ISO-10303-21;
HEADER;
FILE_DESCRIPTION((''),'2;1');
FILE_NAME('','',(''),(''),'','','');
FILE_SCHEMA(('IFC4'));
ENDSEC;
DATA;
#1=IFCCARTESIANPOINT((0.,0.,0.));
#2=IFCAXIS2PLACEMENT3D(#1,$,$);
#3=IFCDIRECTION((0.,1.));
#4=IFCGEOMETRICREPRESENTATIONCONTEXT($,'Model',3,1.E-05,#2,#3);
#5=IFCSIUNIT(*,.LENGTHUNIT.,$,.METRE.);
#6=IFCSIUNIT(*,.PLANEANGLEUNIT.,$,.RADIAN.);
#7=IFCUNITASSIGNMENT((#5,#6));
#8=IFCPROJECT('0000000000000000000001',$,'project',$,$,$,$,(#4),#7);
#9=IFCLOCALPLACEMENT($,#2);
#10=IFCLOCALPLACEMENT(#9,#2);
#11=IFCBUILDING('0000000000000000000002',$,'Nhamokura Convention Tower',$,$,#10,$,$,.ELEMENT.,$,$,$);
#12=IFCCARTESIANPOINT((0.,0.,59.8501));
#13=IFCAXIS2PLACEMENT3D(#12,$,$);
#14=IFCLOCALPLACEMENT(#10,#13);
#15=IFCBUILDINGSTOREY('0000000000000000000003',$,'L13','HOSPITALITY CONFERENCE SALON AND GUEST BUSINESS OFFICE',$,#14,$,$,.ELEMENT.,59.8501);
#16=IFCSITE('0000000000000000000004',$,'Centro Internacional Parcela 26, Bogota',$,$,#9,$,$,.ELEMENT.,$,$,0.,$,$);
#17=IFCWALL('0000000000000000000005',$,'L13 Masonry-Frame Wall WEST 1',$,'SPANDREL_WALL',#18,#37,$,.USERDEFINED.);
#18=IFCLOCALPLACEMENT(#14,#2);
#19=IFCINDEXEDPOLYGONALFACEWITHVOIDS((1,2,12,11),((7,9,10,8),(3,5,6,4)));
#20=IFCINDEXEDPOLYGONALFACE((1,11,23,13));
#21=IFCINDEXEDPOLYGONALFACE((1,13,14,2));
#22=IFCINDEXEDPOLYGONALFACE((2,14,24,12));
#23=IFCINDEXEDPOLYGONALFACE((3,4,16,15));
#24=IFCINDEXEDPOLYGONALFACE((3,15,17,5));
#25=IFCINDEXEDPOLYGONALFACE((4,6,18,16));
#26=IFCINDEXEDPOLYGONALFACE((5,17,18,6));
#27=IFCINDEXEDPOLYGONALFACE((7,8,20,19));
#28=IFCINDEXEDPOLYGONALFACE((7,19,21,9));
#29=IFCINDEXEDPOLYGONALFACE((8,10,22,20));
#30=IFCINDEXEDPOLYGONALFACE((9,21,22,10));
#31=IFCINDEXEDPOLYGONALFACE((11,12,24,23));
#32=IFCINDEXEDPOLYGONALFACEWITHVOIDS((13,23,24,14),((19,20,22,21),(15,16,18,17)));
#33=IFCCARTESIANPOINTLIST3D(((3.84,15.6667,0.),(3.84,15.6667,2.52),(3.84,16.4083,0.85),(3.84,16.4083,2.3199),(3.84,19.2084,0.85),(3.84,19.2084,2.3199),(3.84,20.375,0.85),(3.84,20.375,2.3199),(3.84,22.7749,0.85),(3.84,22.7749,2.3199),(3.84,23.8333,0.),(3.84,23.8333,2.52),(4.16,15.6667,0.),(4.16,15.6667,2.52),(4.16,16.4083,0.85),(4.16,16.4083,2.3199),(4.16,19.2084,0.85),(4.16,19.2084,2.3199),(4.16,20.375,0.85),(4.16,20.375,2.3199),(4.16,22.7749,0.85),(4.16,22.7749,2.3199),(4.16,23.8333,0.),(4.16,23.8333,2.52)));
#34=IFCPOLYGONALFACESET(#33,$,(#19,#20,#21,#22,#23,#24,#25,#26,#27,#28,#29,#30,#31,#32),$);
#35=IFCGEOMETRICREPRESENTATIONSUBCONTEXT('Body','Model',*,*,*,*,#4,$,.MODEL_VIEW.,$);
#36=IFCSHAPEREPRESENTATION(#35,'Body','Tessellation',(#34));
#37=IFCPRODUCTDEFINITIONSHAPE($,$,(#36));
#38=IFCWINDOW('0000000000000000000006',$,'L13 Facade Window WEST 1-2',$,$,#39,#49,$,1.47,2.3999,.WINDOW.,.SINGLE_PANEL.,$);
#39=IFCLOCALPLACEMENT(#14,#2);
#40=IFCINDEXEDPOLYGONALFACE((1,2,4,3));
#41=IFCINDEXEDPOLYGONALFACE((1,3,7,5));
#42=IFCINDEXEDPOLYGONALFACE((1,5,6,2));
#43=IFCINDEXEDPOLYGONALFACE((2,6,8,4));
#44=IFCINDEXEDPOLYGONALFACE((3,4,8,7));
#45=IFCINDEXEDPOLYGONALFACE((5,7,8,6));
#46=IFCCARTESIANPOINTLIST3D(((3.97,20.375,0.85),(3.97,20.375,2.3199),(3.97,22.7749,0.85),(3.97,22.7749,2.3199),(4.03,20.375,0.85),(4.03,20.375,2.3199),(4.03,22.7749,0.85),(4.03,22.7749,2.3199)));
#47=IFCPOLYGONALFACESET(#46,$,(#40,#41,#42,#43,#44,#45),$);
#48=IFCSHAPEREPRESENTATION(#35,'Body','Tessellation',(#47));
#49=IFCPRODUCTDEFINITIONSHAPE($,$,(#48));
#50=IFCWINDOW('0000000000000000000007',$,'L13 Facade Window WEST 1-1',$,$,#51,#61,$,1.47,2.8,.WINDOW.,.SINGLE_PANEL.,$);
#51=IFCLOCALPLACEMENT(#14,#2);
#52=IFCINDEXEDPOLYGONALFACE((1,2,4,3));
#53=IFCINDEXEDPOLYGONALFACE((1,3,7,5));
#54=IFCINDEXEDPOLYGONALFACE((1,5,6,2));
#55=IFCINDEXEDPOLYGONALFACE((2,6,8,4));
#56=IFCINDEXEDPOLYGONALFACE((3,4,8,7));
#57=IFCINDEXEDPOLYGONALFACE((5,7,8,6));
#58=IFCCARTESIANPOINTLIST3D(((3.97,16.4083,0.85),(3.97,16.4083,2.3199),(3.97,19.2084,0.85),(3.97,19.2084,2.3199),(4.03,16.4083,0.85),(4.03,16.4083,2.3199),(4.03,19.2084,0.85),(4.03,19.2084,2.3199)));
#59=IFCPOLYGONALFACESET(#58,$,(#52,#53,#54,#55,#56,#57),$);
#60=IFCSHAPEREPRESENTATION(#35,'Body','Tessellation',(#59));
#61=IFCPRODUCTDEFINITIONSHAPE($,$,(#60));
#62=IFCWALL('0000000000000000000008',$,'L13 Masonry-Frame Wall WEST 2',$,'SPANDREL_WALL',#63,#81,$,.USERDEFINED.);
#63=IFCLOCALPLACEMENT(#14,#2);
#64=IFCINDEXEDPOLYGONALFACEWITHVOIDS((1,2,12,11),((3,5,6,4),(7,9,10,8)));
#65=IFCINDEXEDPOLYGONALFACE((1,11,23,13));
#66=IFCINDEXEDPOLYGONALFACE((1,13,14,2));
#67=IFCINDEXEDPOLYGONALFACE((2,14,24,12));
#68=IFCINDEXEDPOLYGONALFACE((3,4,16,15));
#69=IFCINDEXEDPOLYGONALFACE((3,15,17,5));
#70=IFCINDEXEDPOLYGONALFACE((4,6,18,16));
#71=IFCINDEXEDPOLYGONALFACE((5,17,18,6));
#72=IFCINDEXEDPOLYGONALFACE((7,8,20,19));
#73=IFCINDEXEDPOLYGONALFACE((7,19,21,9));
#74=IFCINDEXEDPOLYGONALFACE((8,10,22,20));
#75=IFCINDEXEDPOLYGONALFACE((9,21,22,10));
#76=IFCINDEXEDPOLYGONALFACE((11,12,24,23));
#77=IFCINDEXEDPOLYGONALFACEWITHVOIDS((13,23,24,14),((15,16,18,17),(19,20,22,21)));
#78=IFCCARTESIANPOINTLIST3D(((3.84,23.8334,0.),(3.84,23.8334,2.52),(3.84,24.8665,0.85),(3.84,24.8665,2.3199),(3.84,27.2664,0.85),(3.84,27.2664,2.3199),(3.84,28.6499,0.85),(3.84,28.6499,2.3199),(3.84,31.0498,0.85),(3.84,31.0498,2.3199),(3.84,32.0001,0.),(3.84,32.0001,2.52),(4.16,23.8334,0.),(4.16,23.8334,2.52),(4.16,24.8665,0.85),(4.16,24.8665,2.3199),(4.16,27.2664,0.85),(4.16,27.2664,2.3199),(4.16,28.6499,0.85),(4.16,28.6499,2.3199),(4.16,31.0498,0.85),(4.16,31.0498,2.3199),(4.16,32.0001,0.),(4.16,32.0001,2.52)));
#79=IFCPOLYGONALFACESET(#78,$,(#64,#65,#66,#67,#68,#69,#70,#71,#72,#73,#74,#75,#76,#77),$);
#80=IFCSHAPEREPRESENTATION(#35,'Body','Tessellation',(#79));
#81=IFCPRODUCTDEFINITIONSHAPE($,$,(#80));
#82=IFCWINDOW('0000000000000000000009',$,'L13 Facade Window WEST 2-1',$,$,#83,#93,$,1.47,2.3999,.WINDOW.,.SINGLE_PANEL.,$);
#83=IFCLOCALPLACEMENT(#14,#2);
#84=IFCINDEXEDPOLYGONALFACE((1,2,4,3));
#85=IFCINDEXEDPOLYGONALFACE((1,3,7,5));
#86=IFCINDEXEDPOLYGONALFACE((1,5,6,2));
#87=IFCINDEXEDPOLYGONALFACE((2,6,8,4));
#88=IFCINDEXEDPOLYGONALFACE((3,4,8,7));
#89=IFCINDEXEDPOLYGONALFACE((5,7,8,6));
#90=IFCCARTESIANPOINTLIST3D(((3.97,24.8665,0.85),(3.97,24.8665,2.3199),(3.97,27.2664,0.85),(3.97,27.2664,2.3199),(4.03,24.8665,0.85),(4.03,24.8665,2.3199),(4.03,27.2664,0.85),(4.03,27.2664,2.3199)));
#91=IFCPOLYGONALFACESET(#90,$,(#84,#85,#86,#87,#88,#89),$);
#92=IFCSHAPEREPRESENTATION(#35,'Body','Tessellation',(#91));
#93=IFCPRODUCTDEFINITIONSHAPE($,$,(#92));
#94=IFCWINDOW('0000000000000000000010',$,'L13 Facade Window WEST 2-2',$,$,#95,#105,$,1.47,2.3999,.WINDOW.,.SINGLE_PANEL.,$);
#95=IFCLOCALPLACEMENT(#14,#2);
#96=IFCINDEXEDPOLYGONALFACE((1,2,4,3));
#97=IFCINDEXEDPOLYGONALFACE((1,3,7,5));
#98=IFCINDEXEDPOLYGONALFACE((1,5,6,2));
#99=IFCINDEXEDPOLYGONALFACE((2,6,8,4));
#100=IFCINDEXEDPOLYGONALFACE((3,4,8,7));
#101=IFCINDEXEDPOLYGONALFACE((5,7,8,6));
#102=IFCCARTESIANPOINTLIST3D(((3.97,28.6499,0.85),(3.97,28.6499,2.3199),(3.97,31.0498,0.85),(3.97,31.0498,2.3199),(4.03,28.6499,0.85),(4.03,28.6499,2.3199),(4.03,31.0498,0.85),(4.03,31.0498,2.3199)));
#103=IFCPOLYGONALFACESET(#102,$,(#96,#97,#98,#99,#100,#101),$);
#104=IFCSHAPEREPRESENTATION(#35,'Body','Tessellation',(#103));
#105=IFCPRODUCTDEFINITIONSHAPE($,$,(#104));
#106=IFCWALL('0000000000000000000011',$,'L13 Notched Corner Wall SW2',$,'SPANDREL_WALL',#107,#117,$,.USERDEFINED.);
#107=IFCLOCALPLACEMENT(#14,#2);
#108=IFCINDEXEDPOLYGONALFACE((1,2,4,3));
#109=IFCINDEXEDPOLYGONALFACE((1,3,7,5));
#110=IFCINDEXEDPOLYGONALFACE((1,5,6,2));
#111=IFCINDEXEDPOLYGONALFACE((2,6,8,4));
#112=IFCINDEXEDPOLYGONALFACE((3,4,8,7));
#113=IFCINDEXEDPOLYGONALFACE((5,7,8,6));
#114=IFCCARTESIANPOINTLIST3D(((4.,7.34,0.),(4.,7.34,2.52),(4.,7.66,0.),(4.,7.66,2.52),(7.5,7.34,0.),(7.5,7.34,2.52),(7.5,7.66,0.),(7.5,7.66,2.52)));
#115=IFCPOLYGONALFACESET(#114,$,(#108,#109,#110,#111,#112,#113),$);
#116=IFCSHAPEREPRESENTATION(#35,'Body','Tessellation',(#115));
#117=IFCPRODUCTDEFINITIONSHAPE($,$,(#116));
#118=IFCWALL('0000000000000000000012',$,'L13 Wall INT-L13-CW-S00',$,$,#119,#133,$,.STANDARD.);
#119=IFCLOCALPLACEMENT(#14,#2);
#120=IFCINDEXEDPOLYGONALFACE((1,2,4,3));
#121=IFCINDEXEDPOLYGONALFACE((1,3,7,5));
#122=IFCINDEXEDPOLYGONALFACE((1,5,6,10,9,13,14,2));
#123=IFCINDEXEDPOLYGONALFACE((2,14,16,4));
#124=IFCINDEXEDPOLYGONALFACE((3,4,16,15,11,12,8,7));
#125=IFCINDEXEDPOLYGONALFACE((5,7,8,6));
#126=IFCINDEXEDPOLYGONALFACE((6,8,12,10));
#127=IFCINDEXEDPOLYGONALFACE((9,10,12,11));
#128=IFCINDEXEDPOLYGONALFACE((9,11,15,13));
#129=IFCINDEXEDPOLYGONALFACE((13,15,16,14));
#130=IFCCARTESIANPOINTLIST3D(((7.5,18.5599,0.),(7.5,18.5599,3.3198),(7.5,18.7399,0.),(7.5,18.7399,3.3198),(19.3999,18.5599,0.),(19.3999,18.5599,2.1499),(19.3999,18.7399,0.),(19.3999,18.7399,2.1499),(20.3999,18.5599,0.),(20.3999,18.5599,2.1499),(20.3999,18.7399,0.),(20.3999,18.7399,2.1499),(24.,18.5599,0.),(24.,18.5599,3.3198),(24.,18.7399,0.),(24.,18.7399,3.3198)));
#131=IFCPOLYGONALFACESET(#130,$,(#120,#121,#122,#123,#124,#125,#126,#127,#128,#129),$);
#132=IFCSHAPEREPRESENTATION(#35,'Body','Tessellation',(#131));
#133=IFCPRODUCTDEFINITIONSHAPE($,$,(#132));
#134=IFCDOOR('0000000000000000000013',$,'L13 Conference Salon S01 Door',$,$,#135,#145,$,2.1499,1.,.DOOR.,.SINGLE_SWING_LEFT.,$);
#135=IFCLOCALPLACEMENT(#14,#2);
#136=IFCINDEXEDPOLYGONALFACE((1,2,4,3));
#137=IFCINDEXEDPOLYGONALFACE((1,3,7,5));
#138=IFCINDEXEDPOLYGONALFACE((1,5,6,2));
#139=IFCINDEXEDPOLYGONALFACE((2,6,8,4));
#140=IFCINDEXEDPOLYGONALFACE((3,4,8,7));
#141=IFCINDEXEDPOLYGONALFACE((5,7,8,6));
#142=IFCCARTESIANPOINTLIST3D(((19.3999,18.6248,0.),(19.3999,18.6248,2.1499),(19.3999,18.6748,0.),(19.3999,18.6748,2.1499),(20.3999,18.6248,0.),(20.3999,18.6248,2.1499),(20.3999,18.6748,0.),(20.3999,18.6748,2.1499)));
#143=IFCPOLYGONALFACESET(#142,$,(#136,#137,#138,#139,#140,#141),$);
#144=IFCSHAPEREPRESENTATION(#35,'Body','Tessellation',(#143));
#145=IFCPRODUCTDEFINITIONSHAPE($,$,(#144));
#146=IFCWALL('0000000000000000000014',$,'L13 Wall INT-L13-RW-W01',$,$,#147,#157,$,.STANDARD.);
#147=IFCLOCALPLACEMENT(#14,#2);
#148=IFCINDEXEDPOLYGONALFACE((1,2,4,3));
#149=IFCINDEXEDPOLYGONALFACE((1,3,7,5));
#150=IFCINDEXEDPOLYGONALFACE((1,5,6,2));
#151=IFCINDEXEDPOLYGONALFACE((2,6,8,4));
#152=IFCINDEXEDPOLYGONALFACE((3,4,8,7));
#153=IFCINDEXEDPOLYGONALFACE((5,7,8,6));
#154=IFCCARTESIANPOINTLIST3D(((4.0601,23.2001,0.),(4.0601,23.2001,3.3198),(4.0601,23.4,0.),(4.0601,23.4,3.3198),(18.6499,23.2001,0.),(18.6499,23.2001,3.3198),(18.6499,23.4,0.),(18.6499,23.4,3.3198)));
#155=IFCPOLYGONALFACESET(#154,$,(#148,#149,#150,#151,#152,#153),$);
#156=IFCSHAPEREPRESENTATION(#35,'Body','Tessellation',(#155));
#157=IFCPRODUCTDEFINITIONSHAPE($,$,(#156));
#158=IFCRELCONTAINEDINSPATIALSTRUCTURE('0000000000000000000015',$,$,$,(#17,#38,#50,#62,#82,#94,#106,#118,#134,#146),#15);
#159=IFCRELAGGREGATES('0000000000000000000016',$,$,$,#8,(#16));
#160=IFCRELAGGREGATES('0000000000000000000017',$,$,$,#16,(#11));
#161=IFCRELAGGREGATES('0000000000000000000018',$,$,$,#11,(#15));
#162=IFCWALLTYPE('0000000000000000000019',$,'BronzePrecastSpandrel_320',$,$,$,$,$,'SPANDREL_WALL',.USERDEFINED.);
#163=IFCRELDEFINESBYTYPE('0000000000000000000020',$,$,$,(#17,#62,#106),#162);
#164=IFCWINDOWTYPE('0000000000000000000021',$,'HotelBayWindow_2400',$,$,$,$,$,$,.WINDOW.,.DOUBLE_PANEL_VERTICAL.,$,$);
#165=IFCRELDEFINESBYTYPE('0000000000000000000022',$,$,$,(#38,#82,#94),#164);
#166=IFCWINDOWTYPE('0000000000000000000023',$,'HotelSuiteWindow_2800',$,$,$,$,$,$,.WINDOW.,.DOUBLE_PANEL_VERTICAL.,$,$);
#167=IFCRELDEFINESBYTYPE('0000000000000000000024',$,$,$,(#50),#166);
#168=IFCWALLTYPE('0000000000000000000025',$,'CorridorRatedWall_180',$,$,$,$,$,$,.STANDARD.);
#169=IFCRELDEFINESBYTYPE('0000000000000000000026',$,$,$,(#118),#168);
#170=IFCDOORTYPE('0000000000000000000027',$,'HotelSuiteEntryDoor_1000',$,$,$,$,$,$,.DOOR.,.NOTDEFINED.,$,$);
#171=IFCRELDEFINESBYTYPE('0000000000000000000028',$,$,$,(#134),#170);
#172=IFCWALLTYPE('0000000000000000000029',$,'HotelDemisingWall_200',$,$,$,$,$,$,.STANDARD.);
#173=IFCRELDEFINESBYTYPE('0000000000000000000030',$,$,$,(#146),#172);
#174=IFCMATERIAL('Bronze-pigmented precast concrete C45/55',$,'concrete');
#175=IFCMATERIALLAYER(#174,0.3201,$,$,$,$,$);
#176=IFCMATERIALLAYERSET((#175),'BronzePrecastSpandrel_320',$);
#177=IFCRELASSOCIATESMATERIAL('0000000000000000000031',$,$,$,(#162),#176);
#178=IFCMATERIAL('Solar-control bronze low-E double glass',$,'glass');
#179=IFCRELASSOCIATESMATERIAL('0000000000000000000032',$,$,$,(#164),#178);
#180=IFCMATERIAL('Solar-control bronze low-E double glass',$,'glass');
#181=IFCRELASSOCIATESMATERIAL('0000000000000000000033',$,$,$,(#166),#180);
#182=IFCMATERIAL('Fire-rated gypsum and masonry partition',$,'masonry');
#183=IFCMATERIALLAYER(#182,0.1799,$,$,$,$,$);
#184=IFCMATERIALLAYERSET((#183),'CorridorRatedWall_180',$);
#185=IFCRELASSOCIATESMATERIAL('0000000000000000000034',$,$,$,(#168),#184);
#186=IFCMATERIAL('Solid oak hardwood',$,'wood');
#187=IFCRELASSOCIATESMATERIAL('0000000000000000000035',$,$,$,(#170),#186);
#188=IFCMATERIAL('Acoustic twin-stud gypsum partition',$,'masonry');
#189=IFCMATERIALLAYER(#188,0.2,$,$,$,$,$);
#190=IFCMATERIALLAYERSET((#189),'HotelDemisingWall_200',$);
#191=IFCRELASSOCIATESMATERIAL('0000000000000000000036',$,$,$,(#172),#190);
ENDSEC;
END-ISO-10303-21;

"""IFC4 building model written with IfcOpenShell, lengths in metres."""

from ifc_helpers import new_model, si_unit, direction, frame, frame_2d, origin, place, context, subcontext, project, spatial, rectangle, extrude, material, layer, layer_set, type_object, element, fill, save


model = new_model("IFC4")

# Units and contexts
model_context = context("Model", 3, precision=1e-05, world=origin(), true_north=direction((0.0, 1.0)))
body_context = subcontext(model_context, "Body", "Model", "MODEL_VIEW")
ifc_project = project(units=[si_unit("LENGTHUNIT", "METRE"), si_unit("PLANEANGLEUNIT", "RADIAN")], contexts=[model_context])

# Site, building, storey
site_placement = place(None, origin())
site = spatial("IfcSite", under=ifc_project, at=site_placement, Name="Centro Internacional Parcela 26, Bogota", CompositionType="ELEMENT", RefElevation=0.0)
building_placement = place(site_placement, origin())
building = spatial("IfcBuilding", under=site, at=building_placement, Name="Nhamokura Convention Tower", CompositionType="ELEMENT")
storey_placement = place(building_placement, frame((0.0, 0.0, 59.8501)))
storey = spatial("IfcBuildingStorey", under=building, at=storey_placement, Name="L13", Description="HOSPITALITY CONFERENCE SALON AND GUEST BUSINESS OFFICE", CompositionType="ELEMENT", Elevation=59.8501)

# Shared definitions
ifc_material_1 = material(Name="Bronze-pigmented precast concrete C45/55", Category="concrete")
ifc_layer_1 = layer(ifc_material_1, 0.3201)
ifc_layer_set_1 = layer_set([ifc_layer_1], Name="BronzePrecastSpandrel_320")
wall_type_1 = type_object("IfcWallType", Name="BronzePrecastSpandrel_320", ElementType="SPANDREL_WALL", PredefinedType="USERDEFINED", material=ifc_layer_set_1)

# Walls, openings, windows
wall_1_placement = place(storey_placement, frame((4.0, 15.6667, 0.0), z_axis=(0.0, 0.0, 1.0), x_axis=(0.0, 1.0, 0.0)))
wall_1 = element("IfcWall", 1, at=wall_1_placement, inside=storey, type_object=wall_type_1, Name="L13 Masonry-Frame Wall WEST 1", ObjectType="SPANDREL_WALL", PredefinedType="USERDEFINED", context=body_context, shape_type="SweptSolid", body=[
    extrude(rectangle(XDim=8.1665, YDim=0.3201, at=frame_2d((4.0833, 0.0))), origin(), (0.0, 0.0, 1.0), 2.52),
])
opening_1_placement = place(wall_1_placement, frame((0.7417, 0.0, 0.8501)))
opening_1 = element("IfcOpeningElement", 2, at=opening_1_placement, cuts=wall_1, PredefinedType="OPENING", context=body_context, shape_type="SweptSolid", body=[
    extrude(rectangle(XDim=2.8, YDim=1.47, at=frame_2d((1.3999, 0.7349))), frame((0.0, 0.1699, 0.0), z_axis=(0.0, -1.0, 0.0), x_axis=(1.0, 0.0, 0.0)), (0.0, 0.0, 1.0), 0.3401),
])
opening_2_placement = place(wall_1_placement, frame((4.7083, 0.0, 0.8501)))
opening_2 = element("IfcOpeningElement", 3, at=opening_2_placement, cuts=wall_1, PredefinedType="OPENING", context=body_context, shape_type="SweptSolid", body=[
    extrude(rectangle(XDim=2.3999, YDim=1.47, at=frame_2d((1.2, 0.7349))), frame((0.0, 0.1699, 0.0), z_axis=(0.0, -1.0, 0.0), x_axis=(1.0, 0.0, 0.0)), (0.0, 0.0, 1.0), 0.3401),
])
ifc_material_2 = material(Name="Solar-control bronze low-E double glass", Category="glass")
window_type_1 = type_object("IfcWindowType", Name="HotelBayWindow_2400", PartitioningType="DOUBLE_PANEL_VERTICAL", PredefinedType="WINDOW", material=ifc_material_2)
window_1_placement = place(opening_2_placement, origin())
window_1 = element("IfcWindow", 4, at=window_1_placement, inside=storey, type_object=window_type_1, Name="L13 Facade Window WEST 1-2", OverallHeight=1.47, OverallWidth=2.3999, PartitioningType="SINGLE_PANEL", PredefinedType="WINDOW", context=body_context, shape_type="SweptSolid", body=[
    extrude(rectangle(XDim=2.3999, YDim=1.47, at=frame_2d((1.2, 0.7349))), frame((0.0, 0.03, 0.0), z_axis=(0.0, -1.0, 0.0), x_axis=(1.0, 0.0, 0.0)), (0.0, 0.0, 1.0), 0.0601),
])
fill(opening_2, window_1)
ifc_material_3 = material(Name="Solar-control bronze low-E double glass", Category="glass")
window_type_2 = type_object("IfcWindowType", Name="HotelSuiteWindow_2800", PartitioningType="DOUBLE_PANEL_VERTICAL", PredefinedType="WINDOW", material=ifc_material_3)
window_2_placement = place(opening_1_placement, origin())
window_2 = element("IfcWindow", 5, at=window_2_placement, inside=storey, type_object=window_type_2, Name="L13 Facade Window WEST 1-1", OverallHeight=1.47, OverallWidth=2.8, PartitioningType="SINGLE_PANEL", PredefinedType="WINDOW", context=body_context, shape_type="SweptSolid", body=[
    extrude(rectangle(XDim=2.8, YDim=1.47, at=frame_2d((1.3999, 0.7349))), frame((0.0, 0.03, 0.0), z_axis=(0.0, -1.0, 0.0), x_axis=(1.0, 0.0, 0.0)), (0.0, 0.0, 1.0), 0.0601),
])
fill(opening_1, window_2)
wall_2_placement = place(storey_placement, frame((4.0, 23.8333, 0.0), z_axis=(0.0, 0.0, 1.0), x_axis=(0.0, 1.0, 0.0)))
wall_2 = element("IfcWall", 6, at=wall_2_placement, inside=storey, type_object=wall_type_1, Name="L13 Masonry-Frame Wall WEST 2", ObjectType="SPANDREL_WALL", PredefinedType="USERDEFINED", context=body_context, shape_type="SweptSolid", body=[
    extrude(rectangle(XDim=8.1667, YDim=0.3201, at=frame_2d((4.0835, 0.0))), origin(), (0.0, 0.0, 1.0), 2.52),
])
opening_3_placement = place(wall_2_placement, frame((1.0332, 0.0, 0.8501)))
opening_3 = element("IfcOpeningElement", 7, at=opening_3_placement, cuts=wall_2, PredefinedType="OPENING", context=body_context, shape_type="SweptSolid", body=[
    extrude(rectangle(XDim=2.3999, YDim=1.47, at=frame_2d((1.2, 0.7349))), frame((0.0, 0.1699, 0.0), z_axis=(0.0, -1.0, 0.0), x_axis=(1.0, 0.0, 0.0)), (0.0, 0.0, 1.0), 0.3401),
])
opening_4_placement = place(wall_2_placement, frame((4.8167, 0.0, 0.8501)))
opening_4 = element("IfcOpeningElement", 8, at=opening_4_placement, cuts=wall_2, PredefinedType="OPENING", context=body_context, shape_type="SweptSolid", body=[
    extrude(rectangle(XDim=2.3999, YDim=1.47, at=frame_2d((1.2, 0.7349))), frame((0.0, 0.1699, 0.0), z_axis=(0.0, -1.0, 0.0), x_axis=(1.0, 0.0, 0.0)), (0.0, 0.0, 1.0), 0.3401),
])
window_3_placement = place(opening_3_placement, origin())
window_3 = element("IfcWindow", 9, at=window_3_placement, inside=storey, type_object=window_type_1, Name="L13 Facade Window WEST 2-1", OverallHeight=1.47, OverallWidth=2.3999, PartitioningType="SINGLE_PANEL", PredefinedType="WINDOW", context=body_context, shape_type="SweptSolid", body=[
    extrude(rectangle(XDim=2.3999, YDim=1.47, at=frame_2d((1.2, 0.7349))), frame((0.0, 0.03, 0.0), z_axis=(0.0, -1.0, 0.0), x_axis=(1.0, 0.0, 0.0)), (0.0, 0.0, 1.0), 0.0601),
])
fill(opening_3, window_3)
window_4_placement = place(opening_4_placement, origin())
window_4 = element("IfcWindow", 10, at=window_4_placement, inside=storey, type_object=window_type_1, Name="L13 Facade Window WEST 2-2", OverallHeight=1.47, OverallWidth=2.3999, PartitioningType="SINGLE_PANEL", PredefinedType="WINDOW", context=body_context, shape_type="SweptSolid", body=[
    extrude(rectangle(XDim=2.3999, YDim=1.47, at=frame_2d((1.2, 0.7349))), frame((0.0, 0.03, 0.0), z_axis=(0.0, -1.0, 0.0), x_axis=(1.0, 0.0, 0.0)), (0.0, 0.0, 1.0), 0.0601),
])
fill(opening_4, window_4)

# Wall
wall_3_placement = place(storey_placement, frame((7.5, 7.5, 0.0), z_axis=(0.0, 0.0, 1.0), x_axis=(-1.0, 0.0, 0.0)))
element("IfcWall", 11, at=wall_3_placement, inside=storey, type_object=wall_type_1, Name="L13 Notched Corner Wall SW2", ObjectType="SPANDREL_WALL", PredefinedType="USERDEFINED", context=body_context, shape_type="SweptSolid", body=[
    extrude(rectangle(XDim=3.5, YDim=0.3201, at=frame_2d((1.75, 0.0))), origin(), (0.0, 0.0, 1.0), 2.52),
])

# Wall, opening, door
ifc_material_4 = material(Name="Fire-rated gypsum and masonry partition", Category="masonry")
ifc_layer_2 = layer(ifc_material_4, 0.1799)
ifc_layer_set_2 = layer_set([ifc_layer_2], Name="CorridorRatedWall_180")
wall_type_2 = type_object("IfcWallType", Name="CorridorRatedWall_180", PredefinedType="STANDARD", material=ifc_layer_set_2)
wall_4_placement = place(storey_placement, frame((7.5, 18.6499, 0.0), z_axis=(0.0, 0.0, 1.0), x_axis=(1.0, 0.0, 0.0)))
wall_4 = element("IfcWall", 12, at=wall_4_placement, inside=storey, type_object=wall_type_2, Name="L13 Wall INT-L13-CW-S00", PredefinedType="STANDARD", context=body_context, shape_type="SweptSolid", body=[
    extrude(rectangle(XDim=16.5, YDim=0.1799, at=frame_2d((8.25, 0.0))), origin(), (0.0, 0.0, 1.0), 3.3198),
])
opening_5_placement = place(wall_4_placement, frame((11.8999, 0.0, 0.0)))
opening_5 = element("IfcOpeningElement", 13, at=opening_5_placement, cuts=wall_4, PredefinedType="OPENING", context=body_context, shape_type="SweptSolid", body=[
    extrude(rectangle(XDim=1.0, YDim=2.1499, at=frame_2d((0.5, 1.075))), frame((0.0, 0.0999, 0.0), z_axis=(0.0, -1.0, 0.0), x_axis=(1.0, 0.0, 0.0)), (0.0, 0.0, 1.0), 0.2),
])
ifc_material_5 = material(Name="Solid oak hardwood", Category="wood")
door_type = type_object("IfcDoorType", Name="HotelSuiteEntryDoor_1000", OperationType="NOTDEFINED", PredefinedType="DOOR", material=ifc_material_5)
door_placement = place(opening_5_placement, origin())
door = element("IfcDoor", 14, at=door_placement, inside=storey, type_object=door_type, Name="L13 Conference Salon S01 Door", OperationType="SINGLE_SWING_LEFT", OverallHeight=2.1499, OverallWidth=1.0, PredefinedType="DOOR", context=body_context, shape_type="SweptSolid", body=[
    extrude(rectangle(XDim=1.0, YDim=2.1499, at=frame_2d((0.5, 1.075))), frame((0.0, 0.0249, 0.0), z_axis=(0.0, -1.0, 0.0), x_axis=(1.0, 0.0, 0.0)), (0.0, 0.0, 1.0), 0.05),
])
fill(opening_5, door)

# Wall
ifc_material_6 = material(Name="Acoustic twin-stud gypsum partition", Category="masonry")
ifc_layer_3 = layer(ifc_material_6, 0.2)
ifc_layer_set_3 = layer_set([ifc_layer_3], Name="HotelDemisingWall_200")
wall_type_3 = type_object("IfcWallType", Name="HotelDemisingWall_200", PredefinedType="STANDARD", material=ifc_layer_set_3)
wall_5_placement = place(storey_placement, frame((4.0601, 23.3, 0.0), z_axis=(0.0, 0.0, 1.0), x_axis=(1.0, 0.0, 0.0)))
element("IfcWall", 15, at=wall_5_placement, inside=storey, type_object=wall_type_3, Name="L13 Wall INT-L13-RW-W01", PredefinedType="STANDARD", context=body_context, shape_type="SweptSolid", body=[
    extrude(rectangle(XDim=14.5898, YDim=0.2, at=frame_2d((7.2949, 0.0))), origin(), (0.0, 0.0, 1.0), 3.3198),
])

save(model, "model.ifc")
